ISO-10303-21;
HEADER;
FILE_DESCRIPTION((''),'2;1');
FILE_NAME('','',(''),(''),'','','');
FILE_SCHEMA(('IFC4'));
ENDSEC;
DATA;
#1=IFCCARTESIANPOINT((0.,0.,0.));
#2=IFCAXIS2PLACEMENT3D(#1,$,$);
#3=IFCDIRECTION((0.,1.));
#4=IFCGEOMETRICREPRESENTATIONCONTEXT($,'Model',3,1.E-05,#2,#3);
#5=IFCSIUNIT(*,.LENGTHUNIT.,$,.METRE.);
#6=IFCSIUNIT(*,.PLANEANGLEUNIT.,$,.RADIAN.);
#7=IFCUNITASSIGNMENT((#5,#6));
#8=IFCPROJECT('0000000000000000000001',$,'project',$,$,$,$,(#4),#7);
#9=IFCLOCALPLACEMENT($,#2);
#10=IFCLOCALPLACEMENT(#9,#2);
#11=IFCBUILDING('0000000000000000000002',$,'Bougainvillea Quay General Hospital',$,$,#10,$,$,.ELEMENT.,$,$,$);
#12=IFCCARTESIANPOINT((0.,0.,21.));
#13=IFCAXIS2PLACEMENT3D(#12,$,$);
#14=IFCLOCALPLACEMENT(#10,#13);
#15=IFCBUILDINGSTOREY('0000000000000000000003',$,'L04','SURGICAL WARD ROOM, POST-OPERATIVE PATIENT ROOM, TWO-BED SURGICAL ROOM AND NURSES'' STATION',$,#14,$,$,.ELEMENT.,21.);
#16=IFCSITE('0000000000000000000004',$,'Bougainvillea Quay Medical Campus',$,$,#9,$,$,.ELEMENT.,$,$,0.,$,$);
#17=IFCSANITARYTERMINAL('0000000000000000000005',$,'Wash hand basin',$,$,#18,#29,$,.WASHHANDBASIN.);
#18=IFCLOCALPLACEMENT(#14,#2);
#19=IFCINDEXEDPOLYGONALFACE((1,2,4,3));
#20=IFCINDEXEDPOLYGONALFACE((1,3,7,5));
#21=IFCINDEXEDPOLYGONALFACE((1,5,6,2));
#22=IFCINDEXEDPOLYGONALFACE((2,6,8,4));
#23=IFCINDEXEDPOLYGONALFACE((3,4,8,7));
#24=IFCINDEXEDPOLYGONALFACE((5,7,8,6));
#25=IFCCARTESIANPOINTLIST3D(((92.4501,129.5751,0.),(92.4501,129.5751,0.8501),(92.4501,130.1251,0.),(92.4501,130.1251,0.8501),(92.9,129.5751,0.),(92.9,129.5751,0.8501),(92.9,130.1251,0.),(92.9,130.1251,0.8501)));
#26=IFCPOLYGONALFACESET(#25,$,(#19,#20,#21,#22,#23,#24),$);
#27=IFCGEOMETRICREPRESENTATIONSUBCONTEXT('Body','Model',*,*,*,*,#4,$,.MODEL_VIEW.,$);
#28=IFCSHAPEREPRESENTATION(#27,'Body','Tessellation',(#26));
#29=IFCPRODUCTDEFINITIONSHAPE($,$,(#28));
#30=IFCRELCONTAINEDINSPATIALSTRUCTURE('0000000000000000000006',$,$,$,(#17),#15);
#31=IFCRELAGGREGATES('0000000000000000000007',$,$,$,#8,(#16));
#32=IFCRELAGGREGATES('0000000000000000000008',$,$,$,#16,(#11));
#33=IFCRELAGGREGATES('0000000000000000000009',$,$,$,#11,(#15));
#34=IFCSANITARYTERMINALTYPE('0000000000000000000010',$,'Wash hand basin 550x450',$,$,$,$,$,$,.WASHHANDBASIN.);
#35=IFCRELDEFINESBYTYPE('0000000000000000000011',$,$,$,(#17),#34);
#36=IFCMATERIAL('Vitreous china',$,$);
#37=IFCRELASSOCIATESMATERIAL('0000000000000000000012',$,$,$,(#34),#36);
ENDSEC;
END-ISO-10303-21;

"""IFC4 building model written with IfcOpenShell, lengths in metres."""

from ifc_helpers import new_model, si_unit, direction, frame, origin, origin_2d, place, context, subcontext, project, spatial, rectangle, extrude, material, type_object, element, save


model = new_model("IFC4")

# Units and contexts
model_context = context("Model", 3, precision=1e-05, world=origin(), true_north=direction((0.0, 1.0)))
body_context = subcontext(model_context, "Body", "Model", "MODEL_VIEW")
ifc_project = project(units=[si_unit("LENGTHUNIT", "METRE"), si_unit("PLANEANGLEUNIT", "RADIAN")], contexts=[model_context])

# Site, building, storey
site_placement = place(None, origin())
site = spatial("IfcSite", under=ifc_project, at=site_placement, Name="Bougainvillea Quay Medical Campus", CompositionType="ELEMENT", RefElevation=0.0)
building_placement = place(site_placement, origin())
building = spatial("IfcBuilding", under=site, at=building_placement, Name="Bougainvillea Quay General Hospital", CompositionType="ELEMENT")
storey_placement = place(building_placement, frame((0.0, 0.0, 21.0)))
storey = spatial("IfcBuildingStorey", under=building, at=storey_placement, Name="L04", Description="SURGICAL WARD ROOM, POST-OPERATIVE PATIENT ROOM, TWO-BED SURGICAL ROOM AND NURSES' STATION", CompositionType="ELEMENT", Elevation=21.0)

# Sanitary terminal
ifc_material_1 = material(Name="Vitreous china")
sanitary_terminal_type_1 = type_object("IfcSanitaryTerminalType", Name="Wash hand basin 550x450", PredefinedType="WASHHANDBASIN", material=ifc_material_1)
sanitary_terminal_1_placement = place(storey_placement, frame((92.675, 129.8501, 0.0), z_axis=(0.0, 0.0, 1.0), x_axis=(0.0, 1.0, 0.0)))
element("IfcSanitaryTerminal", 1, at=sanitary_terminal_1_placement, inside=storey, type_object=sanitary_terminal_type_1, Name="Wash hand basin", PredefinedType="WASHHANDBASIN", context=body_context, shape_type="SweptSolid", body=[
    extrude(rectangle(XDim=0.55, YDim=0.45, at=origin_2d()), origin(), (0.0, 0.0, 1.0), 0.8501),
])

save(model, "model.ifc")
